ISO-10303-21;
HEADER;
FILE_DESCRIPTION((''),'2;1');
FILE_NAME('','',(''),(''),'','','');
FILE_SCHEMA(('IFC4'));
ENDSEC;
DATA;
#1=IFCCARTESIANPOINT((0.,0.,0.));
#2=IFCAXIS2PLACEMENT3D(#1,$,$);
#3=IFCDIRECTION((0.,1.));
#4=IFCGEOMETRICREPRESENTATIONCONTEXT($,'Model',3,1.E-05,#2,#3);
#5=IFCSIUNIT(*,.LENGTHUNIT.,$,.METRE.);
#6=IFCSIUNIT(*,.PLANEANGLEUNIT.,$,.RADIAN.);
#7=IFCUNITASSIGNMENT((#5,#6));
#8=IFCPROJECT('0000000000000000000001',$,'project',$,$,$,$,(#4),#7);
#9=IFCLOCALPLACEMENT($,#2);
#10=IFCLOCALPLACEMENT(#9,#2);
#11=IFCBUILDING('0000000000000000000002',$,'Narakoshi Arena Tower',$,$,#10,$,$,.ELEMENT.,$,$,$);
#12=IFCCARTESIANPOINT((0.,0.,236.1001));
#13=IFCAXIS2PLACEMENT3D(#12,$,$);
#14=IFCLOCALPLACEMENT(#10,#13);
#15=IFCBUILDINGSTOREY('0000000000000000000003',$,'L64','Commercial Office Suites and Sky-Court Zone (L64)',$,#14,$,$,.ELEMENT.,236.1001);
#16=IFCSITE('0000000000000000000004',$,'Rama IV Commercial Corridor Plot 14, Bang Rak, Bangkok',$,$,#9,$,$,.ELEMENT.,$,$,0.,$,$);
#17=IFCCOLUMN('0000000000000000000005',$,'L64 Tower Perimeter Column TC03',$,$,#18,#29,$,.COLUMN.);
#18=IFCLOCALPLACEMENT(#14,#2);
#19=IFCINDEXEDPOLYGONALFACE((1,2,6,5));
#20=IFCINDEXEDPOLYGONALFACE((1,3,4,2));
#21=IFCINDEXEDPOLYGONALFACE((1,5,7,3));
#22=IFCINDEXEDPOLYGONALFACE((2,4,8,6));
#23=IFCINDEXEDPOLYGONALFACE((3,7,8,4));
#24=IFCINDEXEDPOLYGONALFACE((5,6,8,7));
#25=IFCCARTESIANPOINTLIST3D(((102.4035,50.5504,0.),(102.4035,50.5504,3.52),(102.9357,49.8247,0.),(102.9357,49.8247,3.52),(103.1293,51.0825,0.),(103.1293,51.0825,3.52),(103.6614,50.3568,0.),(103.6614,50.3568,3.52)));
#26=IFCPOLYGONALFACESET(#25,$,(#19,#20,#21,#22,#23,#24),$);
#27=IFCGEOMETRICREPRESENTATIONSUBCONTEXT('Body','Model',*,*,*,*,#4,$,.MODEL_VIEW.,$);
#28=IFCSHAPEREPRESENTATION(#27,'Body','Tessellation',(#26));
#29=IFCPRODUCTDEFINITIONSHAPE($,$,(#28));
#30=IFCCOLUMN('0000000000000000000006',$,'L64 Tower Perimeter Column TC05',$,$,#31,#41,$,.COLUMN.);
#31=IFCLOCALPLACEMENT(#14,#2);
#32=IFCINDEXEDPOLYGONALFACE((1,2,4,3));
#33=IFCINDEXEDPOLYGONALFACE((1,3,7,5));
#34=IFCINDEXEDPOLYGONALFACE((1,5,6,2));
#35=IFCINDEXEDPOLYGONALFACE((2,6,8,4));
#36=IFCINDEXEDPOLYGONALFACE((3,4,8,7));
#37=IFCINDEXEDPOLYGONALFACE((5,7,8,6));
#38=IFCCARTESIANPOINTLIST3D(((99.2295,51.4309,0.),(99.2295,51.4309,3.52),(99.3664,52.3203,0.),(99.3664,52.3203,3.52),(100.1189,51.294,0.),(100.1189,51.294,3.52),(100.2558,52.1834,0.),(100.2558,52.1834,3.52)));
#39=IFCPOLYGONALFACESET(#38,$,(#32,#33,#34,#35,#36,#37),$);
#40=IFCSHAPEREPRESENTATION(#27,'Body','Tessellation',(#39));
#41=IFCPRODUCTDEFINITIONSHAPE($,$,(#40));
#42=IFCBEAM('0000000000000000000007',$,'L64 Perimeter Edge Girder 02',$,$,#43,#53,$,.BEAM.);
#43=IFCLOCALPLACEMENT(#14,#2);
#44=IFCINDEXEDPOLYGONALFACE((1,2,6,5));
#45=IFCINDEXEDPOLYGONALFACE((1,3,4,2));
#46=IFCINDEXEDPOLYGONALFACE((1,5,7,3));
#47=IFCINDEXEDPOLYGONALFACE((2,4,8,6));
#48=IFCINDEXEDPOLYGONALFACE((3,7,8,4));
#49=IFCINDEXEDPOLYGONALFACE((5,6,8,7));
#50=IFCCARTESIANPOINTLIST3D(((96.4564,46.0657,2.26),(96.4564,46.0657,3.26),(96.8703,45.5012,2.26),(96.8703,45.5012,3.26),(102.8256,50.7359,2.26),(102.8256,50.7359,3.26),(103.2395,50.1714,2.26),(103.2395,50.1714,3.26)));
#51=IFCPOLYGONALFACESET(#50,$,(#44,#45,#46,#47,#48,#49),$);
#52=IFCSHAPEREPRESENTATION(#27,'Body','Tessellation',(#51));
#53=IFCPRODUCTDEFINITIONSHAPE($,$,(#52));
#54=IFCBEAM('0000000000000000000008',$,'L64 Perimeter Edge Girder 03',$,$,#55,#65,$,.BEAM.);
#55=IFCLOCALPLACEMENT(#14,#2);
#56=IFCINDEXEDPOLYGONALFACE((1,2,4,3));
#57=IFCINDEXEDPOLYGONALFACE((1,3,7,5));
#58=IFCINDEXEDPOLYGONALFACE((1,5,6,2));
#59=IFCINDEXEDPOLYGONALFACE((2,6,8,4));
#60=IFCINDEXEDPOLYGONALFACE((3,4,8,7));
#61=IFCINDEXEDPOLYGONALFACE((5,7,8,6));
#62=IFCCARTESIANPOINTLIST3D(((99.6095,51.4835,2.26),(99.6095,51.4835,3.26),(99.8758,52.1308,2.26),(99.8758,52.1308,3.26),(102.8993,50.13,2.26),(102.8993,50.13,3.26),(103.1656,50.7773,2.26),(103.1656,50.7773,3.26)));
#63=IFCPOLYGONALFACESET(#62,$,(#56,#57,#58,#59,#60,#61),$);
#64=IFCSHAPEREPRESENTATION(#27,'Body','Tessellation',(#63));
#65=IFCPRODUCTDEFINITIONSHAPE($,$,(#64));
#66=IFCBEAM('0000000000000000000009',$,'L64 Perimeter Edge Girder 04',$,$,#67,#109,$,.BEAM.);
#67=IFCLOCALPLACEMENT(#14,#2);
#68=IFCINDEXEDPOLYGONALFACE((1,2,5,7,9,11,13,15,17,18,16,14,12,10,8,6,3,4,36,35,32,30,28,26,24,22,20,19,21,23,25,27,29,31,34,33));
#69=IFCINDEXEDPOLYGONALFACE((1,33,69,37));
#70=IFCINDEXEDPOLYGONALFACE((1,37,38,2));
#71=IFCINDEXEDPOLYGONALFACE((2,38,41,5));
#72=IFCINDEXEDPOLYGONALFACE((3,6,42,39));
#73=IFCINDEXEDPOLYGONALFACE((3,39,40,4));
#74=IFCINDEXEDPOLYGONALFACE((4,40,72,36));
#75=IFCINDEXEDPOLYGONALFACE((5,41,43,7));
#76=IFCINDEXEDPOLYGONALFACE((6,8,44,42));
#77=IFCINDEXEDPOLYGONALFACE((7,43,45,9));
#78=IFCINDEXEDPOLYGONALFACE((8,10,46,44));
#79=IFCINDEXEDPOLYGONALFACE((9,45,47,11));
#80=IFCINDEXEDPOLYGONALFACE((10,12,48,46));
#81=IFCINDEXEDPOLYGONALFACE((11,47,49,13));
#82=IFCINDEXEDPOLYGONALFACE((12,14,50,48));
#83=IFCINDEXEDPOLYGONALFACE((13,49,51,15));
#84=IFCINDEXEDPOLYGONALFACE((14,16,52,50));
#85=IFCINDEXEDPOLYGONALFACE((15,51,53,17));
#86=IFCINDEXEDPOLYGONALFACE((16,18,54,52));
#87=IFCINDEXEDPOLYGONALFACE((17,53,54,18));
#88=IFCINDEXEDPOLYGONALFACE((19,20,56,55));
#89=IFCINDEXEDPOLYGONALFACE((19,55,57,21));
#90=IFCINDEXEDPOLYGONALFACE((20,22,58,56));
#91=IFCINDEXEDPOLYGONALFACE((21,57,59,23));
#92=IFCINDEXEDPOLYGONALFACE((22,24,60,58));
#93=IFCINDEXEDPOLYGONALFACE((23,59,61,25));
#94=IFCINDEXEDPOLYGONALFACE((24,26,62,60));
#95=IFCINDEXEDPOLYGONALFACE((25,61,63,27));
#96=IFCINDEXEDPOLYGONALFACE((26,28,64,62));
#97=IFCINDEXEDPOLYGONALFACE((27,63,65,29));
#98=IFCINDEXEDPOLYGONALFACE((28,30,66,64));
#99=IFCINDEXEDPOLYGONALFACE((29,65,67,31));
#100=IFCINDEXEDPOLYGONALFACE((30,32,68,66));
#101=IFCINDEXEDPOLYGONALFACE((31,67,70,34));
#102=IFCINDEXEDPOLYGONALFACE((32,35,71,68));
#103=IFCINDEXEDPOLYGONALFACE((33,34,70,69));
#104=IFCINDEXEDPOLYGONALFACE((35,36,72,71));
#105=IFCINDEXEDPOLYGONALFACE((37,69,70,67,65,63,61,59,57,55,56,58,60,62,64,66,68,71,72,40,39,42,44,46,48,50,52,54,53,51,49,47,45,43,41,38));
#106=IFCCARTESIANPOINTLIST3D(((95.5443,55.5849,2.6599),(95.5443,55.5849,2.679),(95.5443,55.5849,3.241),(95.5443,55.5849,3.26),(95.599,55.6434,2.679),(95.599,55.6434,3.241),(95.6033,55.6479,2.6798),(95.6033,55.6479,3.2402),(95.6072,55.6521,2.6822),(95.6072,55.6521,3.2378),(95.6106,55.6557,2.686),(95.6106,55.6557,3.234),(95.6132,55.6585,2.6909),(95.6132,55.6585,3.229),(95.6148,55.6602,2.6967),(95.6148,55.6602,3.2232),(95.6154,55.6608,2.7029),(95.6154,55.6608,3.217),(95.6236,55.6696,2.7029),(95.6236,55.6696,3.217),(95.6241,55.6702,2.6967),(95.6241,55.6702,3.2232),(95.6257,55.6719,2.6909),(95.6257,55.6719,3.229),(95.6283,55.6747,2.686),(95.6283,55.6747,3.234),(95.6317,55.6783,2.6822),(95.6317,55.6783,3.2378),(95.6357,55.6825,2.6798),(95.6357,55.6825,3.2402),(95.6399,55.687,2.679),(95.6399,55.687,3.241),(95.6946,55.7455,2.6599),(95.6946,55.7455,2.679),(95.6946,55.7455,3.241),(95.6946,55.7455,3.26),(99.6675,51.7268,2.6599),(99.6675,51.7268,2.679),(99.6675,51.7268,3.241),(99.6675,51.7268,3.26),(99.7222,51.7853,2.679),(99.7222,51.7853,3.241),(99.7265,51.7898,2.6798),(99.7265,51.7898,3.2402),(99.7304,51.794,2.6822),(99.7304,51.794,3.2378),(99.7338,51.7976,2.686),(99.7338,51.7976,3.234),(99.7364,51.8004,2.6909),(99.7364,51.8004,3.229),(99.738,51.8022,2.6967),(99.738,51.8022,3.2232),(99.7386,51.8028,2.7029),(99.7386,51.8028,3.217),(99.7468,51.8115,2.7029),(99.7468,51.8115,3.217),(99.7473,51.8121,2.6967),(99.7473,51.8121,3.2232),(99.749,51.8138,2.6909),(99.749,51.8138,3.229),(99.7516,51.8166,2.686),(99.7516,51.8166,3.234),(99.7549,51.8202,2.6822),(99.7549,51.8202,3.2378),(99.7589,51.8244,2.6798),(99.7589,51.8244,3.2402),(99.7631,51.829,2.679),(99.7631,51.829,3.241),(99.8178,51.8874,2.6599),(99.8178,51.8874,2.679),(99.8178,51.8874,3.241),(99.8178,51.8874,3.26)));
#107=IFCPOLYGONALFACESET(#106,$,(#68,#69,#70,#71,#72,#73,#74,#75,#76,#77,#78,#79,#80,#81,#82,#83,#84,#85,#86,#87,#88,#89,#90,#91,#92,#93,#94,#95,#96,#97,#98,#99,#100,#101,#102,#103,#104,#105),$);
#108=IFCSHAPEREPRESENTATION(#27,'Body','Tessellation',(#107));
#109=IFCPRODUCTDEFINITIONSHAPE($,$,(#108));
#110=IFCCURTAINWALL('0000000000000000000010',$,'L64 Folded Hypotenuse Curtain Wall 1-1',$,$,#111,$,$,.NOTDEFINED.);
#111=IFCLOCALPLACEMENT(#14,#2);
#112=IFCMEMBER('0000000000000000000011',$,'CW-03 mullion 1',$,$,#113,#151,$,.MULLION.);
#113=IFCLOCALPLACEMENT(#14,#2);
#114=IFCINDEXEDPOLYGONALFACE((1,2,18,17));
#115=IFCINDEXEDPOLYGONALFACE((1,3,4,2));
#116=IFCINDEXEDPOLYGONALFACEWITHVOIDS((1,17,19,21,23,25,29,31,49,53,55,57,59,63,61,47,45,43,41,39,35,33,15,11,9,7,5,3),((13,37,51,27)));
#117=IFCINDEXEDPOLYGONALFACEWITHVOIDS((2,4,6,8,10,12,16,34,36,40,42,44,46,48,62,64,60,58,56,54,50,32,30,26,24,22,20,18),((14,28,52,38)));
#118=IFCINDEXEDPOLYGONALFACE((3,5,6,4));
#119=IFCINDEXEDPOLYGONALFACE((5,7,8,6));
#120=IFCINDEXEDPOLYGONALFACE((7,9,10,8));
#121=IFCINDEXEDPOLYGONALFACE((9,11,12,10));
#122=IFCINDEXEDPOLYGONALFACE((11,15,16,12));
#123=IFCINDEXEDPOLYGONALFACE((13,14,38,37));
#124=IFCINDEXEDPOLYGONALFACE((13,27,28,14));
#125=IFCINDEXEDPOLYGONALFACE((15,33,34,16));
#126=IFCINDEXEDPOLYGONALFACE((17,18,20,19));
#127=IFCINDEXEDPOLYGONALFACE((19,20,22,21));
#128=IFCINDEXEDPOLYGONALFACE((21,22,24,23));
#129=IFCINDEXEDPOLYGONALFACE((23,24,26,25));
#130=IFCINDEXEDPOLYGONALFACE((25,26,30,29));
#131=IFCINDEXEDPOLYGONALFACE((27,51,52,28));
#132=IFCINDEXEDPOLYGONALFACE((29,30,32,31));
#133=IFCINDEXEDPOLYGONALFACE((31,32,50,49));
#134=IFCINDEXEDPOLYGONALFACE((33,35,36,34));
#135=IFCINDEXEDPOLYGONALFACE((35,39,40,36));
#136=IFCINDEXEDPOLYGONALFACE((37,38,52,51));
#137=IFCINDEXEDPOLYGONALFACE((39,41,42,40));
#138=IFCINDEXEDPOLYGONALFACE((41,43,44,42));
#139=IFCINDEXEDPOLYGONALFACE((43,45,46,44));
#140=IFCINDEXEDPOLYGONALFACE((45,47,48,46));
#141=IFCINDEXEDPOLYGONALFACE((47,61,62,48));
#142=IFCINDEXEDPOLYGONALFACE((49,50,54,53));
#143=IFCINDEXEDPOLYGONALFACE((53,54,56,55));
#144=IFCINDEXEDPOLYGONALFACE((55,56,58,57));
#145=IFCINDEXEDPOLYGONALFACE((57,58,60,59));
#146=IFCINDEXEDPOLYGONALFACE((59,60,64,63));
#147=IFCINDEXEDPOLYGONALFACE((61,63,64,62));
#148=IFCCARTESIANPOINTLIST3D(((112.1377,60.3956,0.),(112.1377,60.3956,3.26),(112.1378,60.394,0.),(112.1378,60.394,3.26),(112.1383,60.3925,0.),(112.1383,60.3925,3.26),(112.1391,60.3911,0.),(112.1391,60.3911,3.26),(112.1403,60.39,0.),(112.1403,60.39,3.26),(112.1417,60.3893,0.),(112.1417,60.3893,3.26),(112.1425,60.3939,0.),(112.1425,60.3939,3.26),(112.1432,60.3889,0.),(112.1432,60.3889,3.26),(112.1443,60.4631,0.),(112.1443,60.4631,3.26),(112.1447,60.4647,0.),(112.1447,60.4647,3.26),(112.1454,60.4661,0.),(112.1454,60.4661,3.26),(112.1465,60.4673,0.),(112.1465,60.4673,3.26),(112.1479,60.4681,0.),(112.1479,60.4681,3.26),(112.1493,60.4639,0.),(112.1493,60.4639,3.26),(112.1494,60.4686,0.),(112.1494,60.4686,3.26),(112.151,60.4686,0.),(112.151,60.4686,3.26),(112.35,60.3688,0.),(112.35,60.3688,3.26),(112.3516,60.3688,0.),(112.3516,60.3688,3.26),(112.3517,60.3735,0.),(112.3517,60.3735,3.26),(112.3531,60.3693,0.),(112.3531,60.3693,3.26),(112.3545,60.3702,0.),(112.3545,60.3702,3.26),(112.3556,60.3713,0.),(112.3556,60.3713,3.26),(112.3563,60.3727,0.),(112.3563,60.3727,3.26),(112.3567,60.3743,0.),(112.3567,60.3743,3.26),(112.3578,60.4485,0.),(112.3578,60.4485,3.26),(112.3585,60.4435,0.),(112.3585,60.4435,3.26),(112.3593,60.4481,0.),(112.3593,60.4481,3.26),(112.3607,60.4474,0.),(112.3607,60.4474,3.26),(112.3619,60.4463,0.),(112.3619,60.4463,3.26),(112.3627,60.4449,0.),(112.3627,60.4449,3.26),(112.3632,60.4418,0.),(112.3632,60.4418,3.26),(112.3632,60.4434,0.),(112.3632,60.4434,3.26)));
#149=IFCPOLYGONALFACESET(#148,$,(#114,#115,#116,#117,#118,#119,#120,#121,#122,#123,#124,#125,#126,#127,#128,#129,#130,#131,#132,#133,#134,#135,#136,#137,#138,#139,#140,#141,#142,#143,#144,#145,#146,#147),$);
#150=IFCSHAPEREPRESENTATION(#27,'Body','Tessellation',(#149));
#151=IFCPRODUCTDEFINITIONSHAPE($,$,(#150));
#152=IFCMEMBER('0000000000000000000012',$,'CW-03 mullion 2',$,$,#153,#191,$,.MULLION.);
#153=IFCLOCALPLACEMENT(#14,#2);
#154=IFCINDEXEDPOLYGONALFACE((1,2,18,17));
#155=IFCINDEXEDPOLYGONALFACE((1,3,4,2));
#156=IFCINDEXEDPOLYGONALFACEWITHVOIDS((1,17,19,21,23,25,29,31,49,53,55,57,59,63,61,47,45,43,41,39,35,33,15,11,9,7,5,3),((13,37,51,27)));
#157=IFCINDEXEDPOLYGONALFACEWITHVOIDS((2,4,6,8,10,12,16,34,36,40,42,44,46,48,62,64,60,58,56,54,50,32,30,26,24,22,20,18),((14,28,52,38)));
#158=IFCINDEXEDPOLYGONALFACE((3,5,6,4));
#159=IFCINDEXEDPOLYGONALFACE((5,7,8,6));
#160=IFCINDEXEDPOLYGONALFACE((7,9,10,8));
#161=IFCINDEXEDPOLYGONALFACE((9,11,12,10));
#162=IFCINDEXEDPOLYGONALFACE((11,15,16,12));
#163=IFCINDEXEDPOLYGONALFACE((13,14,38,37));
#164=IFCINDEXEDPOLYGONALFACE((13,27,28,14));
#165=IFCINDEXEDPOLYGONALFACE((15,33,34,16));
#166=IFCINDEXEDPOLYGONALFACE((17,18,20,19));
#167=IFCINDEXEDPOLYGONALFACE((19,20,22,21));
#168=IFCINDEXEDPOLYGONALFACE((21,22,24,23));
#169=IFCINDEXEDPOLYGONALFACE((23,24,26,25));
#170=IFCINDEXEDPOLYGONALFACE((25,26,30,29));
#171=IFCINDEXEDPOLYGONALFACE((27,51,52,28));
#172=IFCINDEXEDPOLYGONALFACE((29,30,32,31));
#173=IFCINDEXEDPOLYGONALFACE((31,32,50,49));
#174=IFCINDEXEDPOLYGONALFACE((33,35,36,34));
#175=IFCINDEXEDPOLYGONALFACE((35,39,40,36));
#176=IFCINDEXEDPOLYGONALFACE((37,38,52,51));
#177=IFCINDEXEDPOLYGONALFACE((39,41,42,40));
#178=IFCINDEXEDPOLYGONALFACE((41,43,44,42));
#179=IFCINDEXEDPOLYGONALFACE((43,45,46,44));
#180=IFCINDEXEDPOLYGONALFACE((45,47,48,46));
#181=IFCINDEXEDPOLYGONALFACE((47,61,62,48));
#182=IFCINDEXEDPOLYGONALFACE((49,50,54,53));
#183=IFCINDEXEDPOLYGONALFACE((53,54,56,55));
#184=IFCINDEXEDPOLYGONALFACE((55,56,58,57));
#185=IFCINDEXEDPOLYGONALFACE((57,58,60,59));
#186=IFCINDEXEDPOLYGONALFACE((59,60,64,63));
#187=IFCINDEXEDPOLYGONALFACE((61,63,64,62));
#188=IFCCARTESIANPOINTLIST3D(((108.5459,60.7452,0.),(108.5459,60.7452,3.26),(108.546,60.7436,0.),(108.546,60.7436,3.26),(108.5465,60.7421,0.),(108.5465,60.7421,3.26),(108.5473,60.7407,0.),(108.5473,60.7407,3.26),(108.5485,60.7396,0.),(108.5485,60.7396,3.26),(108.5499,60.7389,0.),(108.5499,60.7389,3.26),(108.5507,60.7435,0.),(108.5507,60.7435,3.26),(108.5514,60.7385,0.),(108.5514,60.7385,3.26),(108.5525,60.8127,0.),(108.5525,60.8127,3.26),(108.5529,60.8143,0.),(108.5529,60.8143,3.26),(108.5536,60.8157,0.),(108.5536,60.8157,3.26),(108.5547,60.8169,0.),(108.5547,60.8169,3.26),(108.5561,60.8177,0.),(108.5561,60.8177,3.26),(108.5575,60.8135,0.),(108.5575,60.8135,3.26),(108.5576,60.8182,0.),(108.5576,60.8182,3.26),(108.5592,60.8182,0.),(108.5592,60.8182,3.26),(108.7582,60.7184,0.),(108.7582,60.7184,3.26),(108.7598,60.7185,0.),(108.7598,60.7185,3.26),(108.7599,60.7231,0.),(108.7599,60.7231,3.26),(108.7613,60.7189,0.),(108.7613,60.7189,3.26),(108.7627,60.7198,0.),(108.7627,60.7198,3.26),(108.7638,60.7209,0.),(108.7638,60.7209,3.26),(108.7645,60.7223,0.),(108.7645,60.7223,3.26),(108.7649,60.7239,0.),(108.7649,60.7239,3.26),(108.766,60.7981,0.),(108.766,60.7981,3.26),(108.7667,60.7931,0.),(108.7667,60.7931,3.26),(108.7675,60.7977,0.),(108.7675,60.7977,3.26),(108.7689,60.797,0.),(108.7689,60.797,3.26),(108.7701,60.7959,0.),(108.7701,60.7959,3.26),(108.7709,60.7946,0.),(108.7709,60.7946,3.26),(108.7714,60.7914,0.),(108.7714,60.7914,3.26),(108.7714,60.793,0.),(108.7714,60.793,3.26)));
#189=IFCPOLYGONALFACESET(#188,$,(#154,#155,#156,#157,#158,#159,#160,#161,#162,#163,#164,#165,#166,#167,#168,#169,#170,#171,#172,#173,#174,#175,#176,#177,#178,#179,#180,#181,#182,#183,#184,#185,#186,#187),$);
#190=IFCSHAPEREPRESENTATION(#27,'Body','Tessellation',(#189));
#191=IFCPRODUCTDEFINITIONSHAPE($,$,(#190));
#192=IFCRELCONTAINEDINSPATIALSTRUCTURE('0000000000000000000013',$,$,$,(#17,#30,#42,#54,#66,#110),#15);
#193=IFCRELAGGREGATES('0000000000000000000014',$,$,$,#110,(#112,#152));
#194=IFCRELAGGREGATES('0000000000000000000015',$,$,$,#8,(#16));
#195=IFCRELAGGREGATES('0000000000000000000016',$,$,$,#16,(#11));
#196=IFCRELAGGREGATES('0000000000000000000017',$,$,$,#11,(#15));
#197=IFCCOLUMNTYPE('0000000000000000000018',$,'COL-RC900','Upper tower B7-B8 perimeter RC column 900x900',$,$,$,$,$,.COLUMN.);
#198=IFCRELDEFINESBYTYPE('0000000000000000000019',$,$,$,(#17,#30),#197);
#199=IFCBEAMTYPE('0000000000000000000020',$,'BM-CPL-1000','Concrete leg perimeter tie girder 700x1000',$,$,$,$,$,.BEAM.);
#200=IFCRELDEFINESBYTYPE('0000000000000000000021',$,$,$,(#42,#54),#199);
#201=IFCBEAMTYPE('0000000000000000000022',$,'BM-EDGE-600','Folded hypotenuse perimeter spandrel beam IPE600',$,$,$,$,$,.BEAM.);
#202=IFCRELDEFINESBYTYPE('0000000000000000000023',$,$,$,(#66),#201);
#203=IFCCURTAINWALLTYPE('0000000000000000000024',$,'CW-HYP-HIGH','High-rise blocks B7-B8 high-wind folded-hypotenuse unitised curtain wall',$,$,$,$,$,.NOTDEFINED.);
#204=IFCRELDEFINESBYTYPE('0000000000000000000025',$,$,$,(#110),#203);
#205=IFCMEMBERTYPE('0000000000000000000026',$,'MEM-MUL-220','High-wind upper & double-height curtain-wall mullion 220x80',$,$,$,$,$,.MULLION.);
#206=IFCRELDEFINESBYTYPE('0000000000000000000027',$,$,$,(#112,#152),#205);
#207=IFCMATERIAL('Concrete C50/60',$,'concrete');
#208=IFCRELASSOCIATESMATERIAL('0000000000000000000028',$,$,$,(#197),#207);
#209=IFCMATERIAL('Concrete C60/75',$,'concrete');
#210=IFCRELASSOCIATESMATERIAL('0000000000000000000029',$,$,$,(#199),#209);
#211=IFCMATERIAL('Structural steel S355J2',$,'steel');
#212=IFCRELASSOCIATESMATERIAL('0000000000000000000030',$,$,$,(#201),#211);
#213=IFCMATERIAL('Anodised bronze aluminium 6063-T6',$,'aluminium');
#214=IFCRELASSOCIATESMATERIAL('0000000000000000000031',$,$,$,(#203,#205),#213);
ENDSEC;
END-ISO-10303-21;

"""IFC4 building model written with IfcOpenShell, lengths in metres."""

from ifc_helpers import new_model, si_unit, direction, frame, origin, origin_2d, place, context, subcontext, project, spatial, rectangle, hollow_rectangle, i_section, extrude, material, material_profile, profile_set, type_object, element, aggregate, save


model = new_model("IFC4")

# Units and contexts
model_context = context("Model", 3, precision=1e-05, world=origin(), true_north=direction((0.0, 1.0)))
body_context = subcontext(model_context, "Body", "Model", "MODEL_VIEW")
ifc_project = project(units=[si_unit("LENGTHUNIT", "METRE"), si_unit("PLANEANGLEUNIT", "RADIAN")], contexts=[model_context])

# Site, building, storey
site_placement = place(None, origin())
site = spatial("IfcSite", under=ifc_project, at=site_placement, Name="Rama IV Commercial Corridor Plot 14, Bang Rak, Bangkok", CompositionType="ELEMENT", RefElevation=0.0)
building_placement = place(site_placement, origin())
building = spatial("IfcBuilding", under=site, at=building_placement, Name="Narakoshi Arena Tower", CompositionType="ELEMENT")
storey_placement = place(building_placement, frame((0.0, 0.0, 236.1001)))
storey = spatial("IfcBuildingStorey", under=building, at=storey_placement, Name="L64", Description="Commercial Office Suites and Sky-Court Zone (L64)", CompositionType="ELEMENT", Elevation=236.1001)

# Columns
ifc_material_1 = material(Name="Concrete C50/60", Category="concrete")
ifc_material_profile_1 = material_profile(ifc_material_1, rectangle(XDim=0.8999, YDim=0.8999, at=origin_2d()), Name="RC900x900")
ifc_profile_set_1 = profile_set([ifc_material_profile_1], Name="Concrete C50/60")
column_type = type_object("IfcColumnType", Name="COL-RC900", Description="Upper tower B7-B8 perimeter RC column 900x900", PredefinedType="COLUMN", material=ifc_profile_set_1)
for number, where, z_axis, x_axis, name in (
    (1, (103.0325, 50.4536, 0.0), (0.0, 0.0, 1.0), (0.806445, 0.59131, 0.0), "L64 Tower Perimeter Column TC03"),
    (2, (99.7427, 51.8071, 0.0), (0.0, 0.0, 1.0), (0.152123, 0.988362, 0.0), "L64 Tower Perimeter Column TC05"),
):
    element("IfcColumn", number, at=place(storey_placement, frame(where, z_axis=z_axis, x_axis=x_axis)), inside=storey, type_object=column_type, Name=name, PredefinedType="COLUMN", context=body_context, shape_type="SweptSolid", body=[
        extrude(rectangle(XDim=0.8999, YDim=0.8999, at=origin_2d()), origin(), (0.0, 0.0, 1.0), 3.52),
    ])

# Beams
ifc_material_2 = material(Name="Concrete C60/75", Category="concrete")
ifc_material_profile_2 = material_profile(ifc_material_2, rectangle(XDim=0.7, YDim=1.0, at=origin_2d()), Name="RCB700x1000")
ifc_profile_set_2 = profile_set([ifc_material_profile_2], Name="Concrete C60/75")
beam_type_1 = type_object("IfcBeamType", Name="BM-CPL-1000", Description="Concrete leg perimeter tie girder 700x1000", PredefinedType="BEAM", material=ifc_profile_set_2)
beam_1_placement = place(storey_placement, frame((96.6633, 45.7834, 2.76), z_axis=(0.806437, 0.591319, 0.0), x_axis=(-0.591319, 0.806437, 0.0)))
element("IfcBeam", 3, at=beam_1_placement, inside=storey, type_object=beam_type_1, Name="L64 Perimeter Edge Girder 02", PredefinedType="BEAM", context=body_context, shape_type="SweptSolid", body=[
    extrude(rectangle(XDim=0.7, YDim=1.0, at=origin_2d()), origin(), (0.0, 0.0, 1.0), 7.8979),
])
beam_2_placement = place(storey_placement, frame((103.0325, 50.4536, 2.76), z_axis=(-0.924788, 0.380484, 0.0), x_axis=(-0.380484, -0.924788, 0.0)))
element("IfcBeam", 4, at=beam_2_placement, inside=storey, type_object=beam_type_1, Name="L64 Perimeter Edge Girder 03", PredefinedType="BEAM", context=body_context, shape_type="SweptSolid", body=[
    extrude(rectangle(XDim=0.7, YDim=1.0, at=origin_2d()), origin(), (0.0, 0.0, 1.0), 3.5574),
])
ifc_material_3 = material(Name="Structural steel S355J2", Category="steel")
ifc_material_profile_3 = material_profile(ifc_material_3, i_section(OverallWidth=0.22, OverallDepth=0.6001, WebThickness=0.012, FlangeThickness=0.019, FilletRadius=0.0239, at=origin_2d()), Name="IPE600")
ifc_profile_set_3 = profile_set([ifc_material_profile_3], Name="Structural steel S355J2")
beam_type_2 = type_object("IfcBeamType", Name="BM-EDGE-600", Description="Folded hypotenuse perimeter spandrel beam IPE600", PredefinedType="BEAM", material=ifc_profile_set_3)
beam_3_placement = place(storey_placement, frame((99.7427, 51.8071, 2.96), z_axis=(-0.730193, 0.68324, 0.0), x_axis=(-0.68324, -0.730193, 0.0)))
element("IfcBeam", 5, at=beam_3_placement, inside=storey, type_object=beam_type_2, Name="L64 Perimeter Edge Girder 04", PredefinedType="BEAM", context=body_context, shape_type="SweptSolid", body=[
    extrude(i_section(OverallWidth=0.22, OverallDepth=0.6001, WebThickness=0.012, FlangeThickness=0.019, FilletRadius=0.0239, at=origin_2d()), origin(), (0.0, 0.0, 1.0), 5.6467),
])

# Curtain wall, members
ifc_material_4 = material(Name="Anodised bronze aluminium 6063-T6", Category="aluminium")
curtain_wall_type = type_object("IfcCurtainWallType", Name="CW-HYP-HIGH", Description="High-rise blocks B7-B8 high-wind folded-hypotenuse unitised curtain wall", PredefinedType="NOTDEFINED", material=ifc_material_4)
curtain_wall_placement = place(storey_placement, origin())
curtain_wall = element("IfcCurtainWall", 6, at=curtain_wall_placement, inside=storey, type_object=curtain_wall_type, Name="L64 Folded Hypotenuse Curtain Wall 1-1", PredefinedType="NOTDEFINED")
ifc_material_profile_4 = material_profile(ifc_material_4, hollow_rectangle(XDim=0.0801, YDim=0.22, WallThickness=0.0049, OuterFilletRadius=0.0061, at=origin_2d()), Name="MUL220x80x5")
ifc_profile_set_4 = profile_set([ifc_material_profile_4], Name="Anodised bronze aluminium 6063-T6")
member_type_1 = type_object("IfcMemberType", Name="MEM-MUL-220", Description="High-wind upper & double-height curtain-wall mullion 220x80", PredefinedType="MULLION", material=ifc_profile_set_4)
member_1_placement = place(storey_placement, frame((112.2505, 60.4187, 0.0), z_axis=(0.0, 0.0, 1.0), x_axis=(-0.096851, -0.995299, 0.0)))
member_1 = element("IfcMember", 7, at=member_1_placement, type_object=member_type_1, Name="CW-03 mullion 1", PredefinedType="MULLION", context=body_context, shape_type="SweptSolid", body=[
    extrude(hollow_rectangle(XDim=0.0801, YDim=0.22, WallThickness=0.0049, OuterFilletRadius=0.0061, at=origin_2d()), origin(), (0.0, 0.0, 1.0), 3.26),
])
member_2_placement = place(storey_placement, frame((108.6587, 60.7683, 0.0), z_axis=(0.0, 0.0, 1.0), x_axis=(-0.096851, -0.995299, 0.0)))
member_2 = element("IfcMember", 8, at=member_2_placement, type_object=member_type_1, Name="CW-03 mullion 2", PredefinedType="MULLION", context=body_context, shape_type="SweptSolid", body=[
    extrude(hollow_rectangle(XDim=0.0801, YDim=0.22, WallThickness=0.0049, OuterFilletRadius=0.0061, at=origin_2d()), origin(), (0.0, 0.0, 1.0), 3.26),
])
aggregate(curtain_wall, [member_1, member_2])

save(model, "model.ifc")
